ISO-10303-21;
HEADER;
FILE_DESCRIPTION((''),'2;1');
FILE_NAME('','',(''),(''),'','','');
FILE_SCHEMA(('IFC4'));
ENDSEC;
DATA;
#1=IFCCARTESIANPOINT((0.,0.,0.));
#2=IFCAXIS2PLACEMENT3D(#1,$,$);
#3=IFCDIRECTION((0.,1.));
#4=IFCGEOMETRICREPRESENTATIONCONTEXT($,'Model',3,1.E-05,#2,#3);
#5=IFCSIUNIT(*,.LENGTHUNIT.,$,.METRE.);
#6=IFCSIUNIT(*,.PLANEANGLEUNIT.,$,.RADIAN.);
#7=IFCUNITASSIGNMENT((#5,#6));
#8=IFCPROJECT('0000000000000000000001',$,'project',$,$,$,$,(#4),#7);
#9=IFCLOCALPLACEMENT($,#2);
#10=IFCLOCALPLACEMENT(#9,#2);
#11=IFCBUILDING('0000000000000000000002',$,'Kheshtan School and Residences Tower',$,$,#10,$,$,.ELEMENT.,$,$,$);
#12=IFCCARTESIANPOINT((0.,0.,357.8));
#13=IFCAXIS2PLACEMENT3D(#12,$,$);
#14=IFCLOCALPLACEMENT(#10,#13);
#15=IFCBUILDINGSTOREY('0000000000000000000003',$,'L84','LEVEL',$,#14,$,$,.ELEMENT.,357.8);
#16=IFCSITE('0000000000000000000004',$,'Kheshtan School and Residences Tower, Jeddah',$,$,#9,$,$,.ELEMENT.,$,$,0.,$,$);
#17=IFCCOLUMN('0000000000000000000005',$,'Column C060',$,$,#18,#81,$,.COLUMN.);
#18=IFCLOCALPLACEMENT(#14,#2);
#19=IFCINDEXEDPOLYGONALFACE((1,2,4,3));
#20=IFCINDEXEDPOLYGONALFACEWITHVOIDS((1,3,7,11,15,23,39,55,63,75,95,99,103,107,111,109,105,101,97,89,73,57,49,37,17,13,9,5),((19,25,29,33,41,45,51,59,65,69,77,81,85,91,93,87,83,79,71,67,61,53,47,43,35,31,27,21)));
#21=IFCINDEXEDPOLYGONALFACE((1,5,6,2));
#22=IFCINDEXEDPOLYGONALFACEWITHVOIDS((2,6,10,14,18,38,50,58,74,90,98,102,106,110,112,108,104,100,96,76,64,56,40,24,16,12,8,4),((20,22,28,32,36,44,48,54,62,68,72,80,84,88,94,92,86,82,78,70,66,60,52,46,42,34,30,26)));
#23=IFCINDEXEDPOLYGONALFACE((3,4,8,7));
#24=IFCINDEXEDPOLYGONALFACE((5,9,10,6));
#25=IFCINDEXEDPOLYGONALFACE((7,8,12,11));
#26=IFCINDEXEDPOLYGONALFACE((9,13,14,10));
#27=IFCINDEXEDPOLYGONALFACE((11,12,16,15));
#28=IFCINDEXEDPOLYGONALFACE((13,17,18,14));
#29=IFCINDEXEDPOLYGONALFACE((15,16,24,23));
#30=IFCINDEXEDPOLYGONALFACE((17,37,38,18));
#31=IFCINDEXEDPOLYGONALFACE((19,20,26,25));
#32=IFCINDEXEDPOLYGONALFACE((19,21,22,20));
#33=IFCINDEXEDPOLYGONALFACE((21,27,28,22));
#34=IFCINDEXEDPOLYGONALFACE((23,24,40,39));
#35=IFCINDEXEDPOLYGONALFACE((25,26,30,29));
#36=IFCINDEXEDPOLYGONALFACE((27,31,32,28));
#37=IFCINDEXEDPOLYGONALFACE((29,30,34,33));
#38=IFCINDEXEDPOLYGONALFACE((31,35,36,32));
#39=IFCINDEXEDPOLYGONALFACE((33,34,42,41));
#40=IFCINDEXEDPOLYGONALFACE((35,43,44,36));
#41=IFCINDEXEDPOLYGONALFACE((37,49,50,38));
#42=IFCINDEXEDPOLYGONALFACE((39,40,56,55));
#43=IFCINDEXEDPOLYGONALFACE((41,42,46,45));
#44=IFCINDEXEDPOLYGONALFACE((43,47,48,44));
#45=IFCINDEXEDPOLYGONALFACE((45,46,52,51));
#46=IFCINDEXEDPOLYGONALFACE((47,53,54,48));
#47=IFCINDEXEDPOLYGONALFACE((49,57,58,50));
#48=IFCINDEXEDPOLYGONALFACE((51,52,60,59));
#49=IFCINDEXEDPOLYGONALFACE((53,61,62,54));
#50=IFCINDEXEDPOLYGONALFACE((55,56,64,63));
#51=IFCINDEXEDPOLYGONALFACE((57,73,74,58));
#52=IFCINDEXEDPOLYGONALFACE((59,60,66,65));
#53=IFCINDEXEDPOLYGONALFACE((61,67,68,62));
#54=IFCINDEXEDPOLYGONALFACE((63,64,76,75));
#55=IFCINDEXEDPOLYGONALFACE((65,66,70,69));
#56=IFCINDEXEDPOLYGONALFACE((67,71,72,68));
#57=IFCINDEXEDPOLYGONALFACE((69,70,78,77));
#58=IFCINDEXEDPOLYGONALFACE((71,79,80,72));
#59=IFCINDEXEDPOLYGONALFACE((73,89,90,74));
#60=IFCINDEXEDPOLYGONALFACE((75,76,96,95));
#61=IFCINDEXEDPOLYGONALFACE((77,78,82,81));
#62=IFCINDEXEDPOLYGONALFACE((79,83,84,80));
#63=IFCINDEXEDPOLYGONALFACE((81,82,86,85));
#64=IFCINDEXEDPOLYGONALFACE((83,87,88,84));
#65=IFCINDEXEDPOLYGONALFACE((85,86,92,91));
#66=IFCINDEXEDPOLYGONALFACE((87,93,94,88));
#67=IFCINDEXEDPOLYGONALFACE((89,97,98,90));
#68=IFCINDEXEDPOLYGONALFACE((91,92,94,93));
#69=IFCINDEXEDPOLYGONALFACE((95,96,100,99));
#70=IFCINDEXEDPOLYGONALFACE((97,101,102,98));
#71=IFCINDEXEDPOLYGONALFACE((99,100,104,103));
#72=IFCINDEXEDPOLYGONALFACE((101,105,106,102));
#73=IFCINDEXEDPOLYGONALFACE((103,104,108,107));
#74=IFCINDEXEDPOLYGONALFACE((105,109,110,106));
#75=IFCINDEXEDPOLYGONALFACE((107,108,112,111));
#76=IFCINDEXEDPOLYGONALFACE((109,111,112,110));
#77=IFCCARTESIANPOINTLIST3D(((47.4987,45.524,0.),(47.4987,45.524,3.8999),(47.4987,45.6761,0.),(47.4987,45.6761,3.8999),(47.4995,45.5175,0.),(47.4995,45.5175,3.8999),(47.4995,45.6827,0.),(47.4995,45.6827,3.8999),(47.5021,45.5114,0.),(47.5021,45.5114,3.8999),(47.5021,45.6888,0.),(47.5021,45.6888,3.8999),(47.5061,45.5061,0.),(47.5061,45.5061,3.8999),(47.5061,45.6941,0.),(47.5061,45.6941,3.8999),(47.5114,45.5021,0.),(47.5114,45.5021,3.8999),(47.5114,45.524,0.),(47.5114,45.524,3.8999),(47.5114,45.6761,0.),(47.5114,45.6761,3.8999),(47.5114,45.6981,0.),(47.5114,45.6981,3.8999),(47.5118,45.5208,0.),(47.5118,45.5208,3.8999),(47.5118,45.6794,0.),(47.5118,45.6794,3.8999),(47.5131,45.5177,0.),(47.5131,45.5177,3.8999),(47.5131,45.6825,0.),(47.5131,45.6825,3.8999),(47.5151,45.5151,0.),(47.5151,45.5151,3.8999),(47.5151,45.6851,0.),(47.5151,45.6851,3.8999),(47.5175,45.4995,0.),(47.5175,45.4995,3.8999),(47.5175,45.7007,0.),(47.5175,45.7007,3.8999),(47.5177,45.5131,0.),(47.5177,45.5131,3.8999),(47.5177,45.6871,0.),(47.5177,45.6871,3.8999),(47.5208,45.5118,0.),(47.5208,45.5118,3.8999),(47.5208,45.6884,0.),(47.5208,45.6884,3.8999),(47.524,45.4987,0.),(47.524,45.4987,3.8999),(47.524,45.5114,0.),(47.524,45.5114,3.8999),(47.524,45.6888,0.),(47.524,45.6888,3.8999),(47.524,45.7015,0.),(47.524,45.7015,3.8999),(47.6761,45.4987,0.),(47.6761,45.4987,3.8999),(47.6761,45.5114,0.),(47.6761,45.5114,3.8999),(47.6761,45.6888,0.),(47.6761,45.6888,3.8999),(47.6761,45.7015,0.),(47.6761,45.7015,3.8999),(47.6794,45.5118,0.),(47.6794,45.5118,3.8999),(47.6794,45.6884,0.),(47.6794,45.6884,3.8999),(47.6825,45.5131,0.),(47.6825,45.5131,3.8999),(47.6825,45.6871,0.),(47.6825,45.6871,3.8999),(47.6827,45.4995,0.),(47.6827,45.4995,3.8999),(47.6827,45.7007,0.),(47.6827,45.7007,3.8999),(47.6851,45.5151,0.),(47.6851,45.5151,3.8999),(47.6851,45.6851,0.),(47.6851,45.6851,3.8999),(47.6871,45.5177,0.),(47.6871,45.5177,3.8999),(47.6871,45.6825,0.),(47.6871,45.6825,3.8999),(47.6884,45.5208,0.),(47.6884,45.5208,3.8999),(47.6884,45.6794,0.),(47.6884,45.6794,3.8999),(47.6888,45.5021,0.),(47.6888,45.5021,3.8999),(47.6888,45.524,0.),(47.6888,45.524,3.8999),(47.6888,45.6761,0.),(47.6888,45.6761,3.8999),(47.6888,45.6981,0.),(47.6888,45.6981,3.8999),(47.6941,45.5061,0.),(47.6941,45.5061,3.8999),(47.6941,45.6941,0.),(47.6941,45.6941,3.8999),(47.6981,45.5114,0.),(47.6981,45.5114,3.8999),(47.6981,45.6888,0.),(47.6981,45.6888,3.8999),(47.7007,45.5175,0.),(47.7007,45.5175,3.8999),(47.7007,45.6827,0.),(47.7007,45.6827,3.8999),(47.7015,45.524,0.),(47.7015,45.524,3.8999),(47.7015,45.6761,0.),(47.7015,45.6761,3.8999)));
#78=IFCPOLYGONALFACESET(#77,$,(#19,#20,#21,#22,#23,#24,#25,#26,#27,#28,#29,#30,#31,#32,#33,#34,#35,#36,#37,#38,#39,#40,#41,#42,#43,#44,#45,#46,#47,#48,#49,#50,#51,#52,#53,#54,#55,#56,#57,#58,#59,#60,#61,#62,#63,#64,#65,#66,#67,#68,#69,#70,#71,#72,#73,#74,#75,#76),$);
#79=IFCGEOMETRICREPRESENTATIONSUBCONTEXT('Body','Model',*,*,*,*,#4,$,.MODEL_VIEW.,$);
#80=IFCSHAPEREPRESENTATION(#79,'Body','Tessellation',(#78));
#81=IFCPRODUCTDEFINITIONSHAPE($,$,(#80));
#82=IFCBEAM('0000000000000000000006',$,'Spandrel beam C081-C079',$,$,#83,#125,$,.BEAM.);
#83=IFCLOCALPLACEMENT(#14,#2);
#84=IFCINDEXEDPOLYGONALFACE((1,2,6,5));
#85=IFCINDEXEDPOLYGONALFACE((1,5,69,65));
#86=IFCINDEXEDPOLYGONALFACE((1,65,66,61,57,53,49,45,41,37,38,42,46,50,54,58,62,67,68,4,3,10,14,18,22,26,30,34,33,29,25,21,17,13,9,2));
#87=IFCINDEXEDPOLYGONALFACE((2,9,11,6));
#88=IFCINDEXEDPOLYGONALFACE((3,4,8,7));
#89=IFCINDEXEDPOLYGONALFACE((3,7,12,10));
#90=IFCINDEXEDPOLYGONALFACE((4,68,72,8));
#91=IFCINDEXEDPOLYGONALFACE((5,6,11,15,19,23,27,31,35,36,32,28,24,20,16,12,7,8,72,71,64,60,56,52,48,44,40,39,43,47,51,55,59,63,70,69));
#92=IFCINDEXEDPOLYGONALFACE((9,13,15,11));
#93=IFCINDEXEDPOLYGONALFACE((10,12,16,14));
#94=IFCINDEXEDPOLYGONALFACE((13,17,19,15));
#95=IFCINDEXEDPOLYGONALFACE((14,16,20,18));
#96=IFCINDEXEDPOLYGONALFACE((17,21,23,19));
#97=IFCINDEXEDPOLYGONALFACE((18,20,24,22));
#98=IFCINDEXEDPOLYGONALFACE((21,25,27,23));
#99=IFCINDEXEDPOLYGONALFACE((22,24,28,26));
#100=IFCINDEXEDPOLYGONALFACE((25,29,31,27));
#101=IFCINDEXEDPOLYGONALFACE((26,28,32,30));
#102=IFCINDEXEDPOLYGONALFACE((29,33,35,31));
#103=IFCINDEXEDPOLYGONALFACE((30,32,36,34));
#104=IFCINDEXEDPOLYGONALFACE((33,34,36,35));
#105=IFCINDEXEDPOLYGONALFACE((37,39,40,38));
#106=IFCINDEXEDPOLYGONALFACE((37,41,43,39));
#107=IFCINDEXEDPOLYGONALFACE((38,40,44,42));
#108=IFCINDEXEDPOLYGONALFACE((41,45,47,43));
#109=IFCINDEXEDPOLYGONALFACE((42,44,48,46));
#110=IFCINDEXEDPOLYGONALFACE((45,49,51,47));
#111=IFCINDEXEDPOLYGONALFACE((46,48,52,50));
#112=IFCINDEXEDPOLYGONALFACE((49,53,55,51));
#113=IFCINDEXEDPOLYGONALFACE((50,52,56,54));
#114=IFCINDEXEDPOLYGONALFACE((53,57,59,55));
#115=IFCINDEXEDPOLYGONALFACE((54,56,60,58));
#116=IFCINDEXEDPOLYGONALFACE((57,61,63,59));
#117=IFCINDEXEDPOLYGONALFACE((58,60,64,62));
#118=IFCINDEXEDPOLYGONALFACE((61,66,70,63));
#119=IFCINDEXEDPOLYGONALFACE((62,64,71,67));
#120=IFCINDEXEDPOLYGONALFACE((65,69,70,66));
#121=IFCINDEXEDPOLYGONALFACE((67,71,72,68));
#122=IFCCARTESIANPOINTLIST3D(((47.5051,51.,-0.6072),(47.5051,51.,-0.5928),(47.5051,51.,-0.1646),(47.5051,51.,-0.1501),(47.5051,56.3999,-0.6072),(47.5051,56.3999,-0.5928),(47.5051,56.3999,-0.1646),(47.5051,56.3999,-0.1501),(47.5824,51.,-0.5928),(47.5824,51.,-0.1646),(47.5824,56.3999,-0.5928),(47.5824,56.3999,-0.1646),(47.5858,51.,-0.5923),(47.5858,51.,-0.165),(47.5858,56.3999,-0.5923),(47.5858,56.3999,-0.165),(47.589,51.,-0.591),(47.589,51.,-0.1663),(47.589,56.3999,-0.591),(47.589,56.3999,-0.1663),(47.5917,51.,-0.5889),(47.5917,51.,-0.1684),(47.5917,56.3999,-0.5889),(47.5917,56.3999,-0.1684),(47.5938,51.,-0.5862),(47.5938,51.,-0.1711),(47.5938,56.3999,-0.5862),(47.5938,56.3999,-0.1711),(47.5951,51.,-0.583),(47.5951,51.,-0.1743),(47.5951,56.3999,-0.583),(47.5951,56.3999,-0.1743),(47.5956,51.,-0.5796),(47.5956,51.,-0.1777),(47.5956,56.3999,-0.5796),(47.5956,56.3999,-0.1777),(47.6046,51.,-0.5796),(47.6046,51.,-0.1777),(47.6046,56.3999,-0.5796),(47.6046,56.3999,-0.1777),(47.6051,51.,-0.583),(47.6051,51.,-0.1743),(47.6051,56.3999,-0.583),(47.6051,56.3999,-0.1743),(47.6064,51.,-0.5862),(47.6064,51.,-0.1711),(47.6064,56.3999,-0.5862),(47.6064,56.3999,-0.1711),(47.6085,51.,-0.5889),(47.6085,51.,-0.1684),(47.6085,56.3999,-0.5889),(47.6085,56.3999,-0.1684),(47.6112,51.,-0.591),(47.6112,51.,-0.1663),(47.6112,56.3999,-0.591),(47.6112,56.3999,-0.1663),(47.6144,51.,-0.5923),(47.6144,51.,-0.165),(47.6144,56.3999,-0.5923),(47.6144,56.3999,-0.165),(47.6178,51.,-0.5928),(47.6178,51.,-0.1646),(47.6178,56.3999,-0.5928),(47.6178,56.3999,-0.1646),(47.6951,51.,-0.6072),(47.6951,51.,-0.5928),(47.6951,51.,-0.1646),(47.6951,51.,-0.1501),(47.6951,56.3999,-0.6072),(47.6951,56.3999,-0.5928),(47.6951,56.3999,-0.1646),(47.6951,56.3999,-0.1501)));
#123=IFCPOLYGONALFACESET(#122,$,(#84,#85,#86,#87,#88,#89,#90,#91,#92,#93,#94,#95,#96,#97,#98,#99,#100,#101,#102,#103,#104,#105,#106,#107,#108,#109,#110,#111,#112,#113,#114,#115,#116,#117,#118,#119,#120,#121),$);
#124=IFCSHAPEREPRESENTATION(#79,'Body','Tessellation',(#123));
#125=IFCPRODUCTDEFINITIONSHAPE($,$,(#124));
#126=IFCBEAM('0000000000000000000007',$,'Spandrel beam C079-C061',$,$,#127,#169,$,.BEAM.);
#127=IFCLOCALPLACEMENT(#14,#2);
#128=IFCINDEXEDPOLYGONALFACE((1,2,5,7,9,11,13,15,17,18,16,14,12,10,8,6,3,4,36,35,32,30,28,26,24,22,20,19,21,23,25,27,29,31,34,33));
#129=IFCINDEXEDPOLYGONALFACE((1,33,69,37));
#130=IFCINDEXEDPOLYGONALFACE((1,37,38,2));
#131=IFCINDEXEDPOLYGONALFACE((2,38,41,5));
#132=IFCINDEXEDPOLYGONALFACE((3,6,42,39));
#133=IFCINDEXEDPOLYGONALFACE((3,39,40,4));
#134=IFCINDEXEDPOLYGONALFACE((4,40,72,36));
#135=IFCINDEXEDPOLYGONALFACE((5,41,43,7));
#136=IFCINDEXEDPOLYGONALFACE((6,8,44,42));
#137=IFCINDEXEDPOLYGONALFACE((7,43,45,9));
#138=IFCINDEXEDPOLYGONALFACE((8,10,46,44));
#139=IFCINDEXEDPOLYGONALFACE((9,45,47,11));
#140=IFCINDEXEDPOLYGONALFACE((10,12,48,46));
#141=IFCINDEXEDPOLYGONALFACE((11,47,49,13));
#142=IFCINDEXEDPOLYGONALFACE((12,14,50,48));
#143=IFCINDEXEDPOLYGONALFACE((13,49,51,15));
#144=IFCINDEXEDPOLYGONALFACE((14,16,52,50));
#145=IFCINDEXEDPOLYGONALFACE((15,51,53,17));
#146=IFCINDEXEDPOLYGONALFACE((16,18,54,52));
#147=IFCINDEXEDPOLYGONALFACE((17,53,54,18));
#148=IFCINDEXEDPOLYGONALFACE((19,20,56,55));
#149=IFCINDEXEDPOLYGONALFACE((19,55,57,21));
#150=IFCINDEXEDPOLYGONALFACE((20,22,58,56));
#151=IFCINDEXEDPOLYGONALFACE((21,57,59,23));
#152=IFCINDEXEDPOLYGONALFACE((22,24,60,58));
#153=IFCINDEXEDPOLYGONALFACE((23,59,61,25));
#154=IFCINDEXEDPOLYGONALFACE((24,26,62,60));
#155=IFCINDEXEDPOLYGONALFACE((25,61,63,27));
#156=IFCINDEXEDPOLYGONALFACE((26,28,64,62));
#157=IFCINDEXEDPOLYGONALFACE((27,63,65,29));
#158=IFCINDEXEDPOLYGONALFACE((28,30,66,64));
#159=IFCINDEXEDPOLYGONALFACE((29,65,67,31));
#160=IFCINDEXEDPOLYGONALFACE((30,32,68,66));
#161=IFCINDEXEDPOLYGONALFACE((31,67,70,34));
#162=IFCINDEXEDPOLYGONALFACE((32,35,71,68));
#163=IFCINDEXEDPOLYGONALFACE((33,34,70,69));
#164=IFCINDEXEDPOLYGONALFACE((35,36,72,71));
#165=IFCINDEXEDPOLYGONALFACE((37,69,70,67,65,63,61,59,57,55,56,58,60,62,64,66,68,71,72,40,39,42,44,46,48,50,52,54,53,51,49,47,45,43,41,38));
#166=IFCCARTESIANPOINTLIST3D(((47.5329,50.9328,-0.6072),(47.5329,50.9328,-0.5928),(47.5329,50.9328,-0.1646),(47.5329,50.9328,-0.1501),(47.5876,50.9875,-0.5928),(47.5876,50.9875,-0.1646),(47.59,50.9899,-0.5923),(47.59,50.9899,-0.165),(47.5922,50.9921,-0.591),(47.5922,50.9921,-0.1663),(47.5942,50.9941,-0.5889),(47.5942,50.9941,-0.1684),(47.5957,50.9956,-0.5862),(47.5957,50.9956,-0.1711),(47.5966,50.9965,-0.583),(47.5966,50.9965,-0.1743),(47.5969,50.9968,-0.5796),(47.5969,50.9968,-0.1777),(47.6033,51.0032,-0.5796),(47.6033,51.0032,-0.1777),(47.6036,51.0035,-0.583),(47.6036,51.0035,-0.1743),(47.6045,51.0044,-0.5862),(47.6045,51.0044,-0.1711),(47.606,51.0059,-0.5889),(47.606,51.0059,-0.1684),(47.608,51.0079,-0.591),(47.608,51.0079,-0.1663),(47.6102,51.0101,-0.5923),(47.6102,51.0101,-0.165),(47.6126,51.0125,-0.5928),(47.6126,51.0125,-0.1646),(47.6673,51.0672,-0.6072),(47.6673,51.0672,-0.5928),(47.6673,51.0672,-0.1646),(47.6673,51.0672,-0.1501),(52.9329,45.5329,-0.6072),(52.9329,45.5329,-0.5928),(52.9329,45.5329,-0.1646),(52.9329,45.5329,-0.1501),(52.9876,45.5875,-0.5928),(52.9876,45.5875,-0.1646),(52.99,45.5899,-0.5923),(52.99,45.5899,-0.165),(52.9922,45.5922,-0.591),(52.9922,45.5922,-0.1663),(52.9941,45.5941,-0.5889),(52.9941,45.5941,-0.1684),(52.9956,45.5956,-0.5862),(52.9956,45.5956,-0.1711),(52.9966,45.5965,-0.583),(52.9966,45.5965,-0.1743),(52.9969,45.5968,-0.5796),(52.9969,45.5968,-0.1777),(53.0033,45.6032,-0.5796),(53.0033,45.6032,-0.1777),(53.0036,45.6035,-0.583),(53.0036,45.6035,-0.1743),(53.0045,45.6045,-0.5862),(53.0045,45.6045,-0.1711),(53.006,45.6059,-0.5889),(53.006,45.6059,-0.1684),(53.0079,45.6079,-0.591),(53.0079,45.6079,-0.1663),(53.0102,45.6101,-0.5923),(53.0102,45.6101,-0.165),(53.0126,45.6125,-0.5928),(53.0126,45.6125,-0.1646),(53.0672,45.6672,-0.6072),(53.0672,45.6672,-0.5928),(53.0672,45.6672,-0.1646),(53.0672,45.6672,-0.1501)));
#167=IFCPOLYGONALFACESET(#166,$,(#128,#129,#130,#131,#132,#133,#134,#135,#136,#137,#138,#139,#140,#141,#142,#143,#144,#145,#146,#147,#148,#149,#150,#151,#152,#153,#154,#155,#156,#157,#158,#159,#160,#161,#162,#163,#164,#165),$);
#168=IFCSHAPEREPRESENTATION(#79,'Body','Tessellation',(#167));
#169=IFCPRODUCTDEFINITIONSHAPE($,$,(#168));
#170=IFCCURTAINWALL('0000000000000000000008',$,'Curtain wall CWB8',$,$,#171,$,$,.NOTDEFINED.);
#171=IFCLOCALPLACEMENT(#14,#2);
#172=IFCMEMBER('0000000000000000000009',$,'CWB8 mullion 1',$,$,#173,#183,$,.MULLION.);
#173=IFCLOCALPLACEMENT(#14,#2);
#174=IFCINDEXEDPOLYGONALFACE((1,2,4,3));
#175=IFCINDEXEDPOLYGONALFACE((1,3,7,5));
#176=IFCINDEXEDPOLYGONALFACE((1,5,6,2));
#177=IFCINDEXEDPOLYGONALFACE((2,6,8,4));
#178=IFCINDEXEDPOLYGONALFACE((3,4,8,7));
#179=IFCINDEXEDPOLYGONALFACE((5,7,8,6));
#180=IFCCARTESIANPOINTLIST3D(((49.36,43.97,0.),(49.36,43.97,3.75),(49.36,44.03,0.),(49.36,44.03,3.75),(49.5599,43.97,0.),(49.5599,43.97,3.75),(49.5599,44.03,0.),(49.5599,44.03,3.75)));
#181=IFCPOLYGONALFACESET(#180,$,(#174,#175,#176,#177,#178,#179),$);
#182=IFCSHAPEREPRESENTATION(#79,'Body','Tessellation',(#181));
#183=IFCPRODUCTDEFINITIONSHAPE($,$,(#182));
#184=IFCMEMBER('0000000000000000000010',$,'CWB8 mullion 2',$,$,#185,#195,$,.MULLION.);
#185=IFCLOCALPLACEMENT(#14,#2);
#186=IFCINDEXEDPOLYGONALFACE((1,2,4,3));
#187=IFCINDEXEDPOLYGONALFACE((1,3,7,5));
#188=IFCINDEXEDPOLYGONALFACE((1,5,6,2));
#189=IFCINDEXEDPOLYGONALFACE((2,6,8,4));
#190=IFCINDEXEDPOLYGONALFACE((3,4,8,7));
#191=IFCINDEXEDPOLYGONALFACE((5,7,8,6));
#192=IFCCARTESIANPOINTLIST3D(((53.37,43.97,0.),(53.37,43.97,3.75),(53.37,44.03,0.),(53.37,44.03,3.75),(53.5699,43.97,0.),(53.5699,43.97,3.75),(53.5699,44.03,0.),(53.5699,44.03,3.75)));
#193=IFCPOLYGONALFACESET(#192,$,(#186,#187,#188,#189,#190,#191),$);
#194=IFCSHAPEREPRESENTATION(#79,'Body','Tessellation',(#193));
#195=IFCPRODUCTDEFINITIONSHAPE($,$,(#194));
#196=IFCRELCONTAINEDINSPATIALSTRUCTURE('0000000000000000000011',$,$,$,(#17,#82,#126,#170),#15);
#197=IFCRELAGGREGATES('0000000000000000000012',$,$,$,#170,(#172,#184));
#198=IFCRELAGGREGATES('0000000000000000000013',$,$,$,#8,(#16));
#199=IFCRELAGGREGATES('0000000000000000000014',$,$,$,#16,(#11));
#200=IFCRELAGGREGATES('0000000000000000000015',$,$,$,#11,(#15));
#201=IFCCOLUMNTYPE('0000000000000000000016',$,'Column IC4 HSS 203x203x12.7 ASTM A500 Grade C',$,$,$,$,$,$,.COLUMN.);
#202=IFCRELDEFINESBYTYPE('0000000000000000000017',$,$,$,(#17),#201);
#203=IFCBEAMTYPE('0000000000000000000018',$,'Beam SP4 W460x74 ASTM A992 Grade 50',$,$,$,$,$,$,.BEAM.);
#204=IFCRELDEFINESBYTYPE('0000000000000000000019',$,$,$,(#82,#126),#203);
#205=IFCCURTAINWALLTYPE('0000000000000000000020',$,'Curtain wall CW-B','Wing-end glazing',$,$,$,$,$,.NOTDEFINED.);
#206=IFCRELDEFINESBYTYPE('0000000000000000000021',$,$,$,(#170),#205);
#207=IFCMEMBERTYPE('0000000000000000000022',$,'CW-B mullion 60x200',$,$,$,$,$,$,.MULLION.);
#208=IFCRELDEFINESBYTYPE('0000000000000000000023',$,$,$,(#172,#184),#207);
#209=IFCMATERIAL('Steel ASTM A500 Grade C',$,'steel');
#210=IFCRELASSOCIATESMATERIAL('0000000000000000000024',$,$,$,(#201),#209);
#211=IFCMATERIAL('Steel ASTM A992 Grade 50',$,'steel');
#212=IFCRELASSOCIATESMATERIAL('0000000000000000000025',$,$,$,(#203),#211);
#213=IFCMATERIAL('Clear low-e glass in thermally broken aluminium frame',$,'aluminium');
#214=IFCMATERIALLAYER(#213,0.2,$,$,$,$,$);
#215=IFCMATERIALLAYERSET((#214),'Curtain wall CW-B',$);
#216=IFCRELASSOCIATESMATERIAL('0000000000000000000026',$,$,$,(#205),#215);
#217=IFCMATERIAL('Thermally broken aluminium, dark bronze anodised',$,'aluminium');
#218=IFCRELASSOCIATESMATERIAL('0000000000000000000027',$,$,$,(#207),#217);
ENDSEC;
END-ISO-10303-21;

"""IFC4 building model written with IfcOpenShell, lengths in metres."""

from ifc_helpers import new_model, si_unit, direction, frame, origin, origin_2d, place, context, subcontext, project, spatial, rectangle, hollow_rectangle, i_section, extrude, material, layer, layer_set, material_profile, profile_set, type_object, element, aggregate, save


model = new_model("IFC4")

# Units and contexts
model_context = context("Model", 3, precision=1e-05, world=origin(), true_north=direction((0.0, 1.0)))
body_context = subcontext(model_context, "Body", "Model", "MODEL_VIEW")
ifc_project = project(units=[si_unit("LENGTHUNIT", "METRE"), si_unit("PLANEANGLEUNIT", "RADIAN")], contexts=[model_context])

# Site, building, storey
site_placement = place(None, origin())
site = spatial("IfcSite", under=ifc_project, at=site_placement, Name="Kheshtan School and Residences Tower, Jeddah", CompositionType="ELEMENT", RefElevation=0.0)
building_placement = place(site_placement, origin())
building = spatial("IfcBuilding", under=site, at=building_placement, Name="Kheshtan School and Residences Tower", CompositionType="ELEMENT")
storey_placement = place(building_placement, frame((0.0, 0.0, 357.8)))
storey = spatial("IfcBuildingStorey", under=building, at=storey_placement, Name="L84", Description="LEVEL", CompositionType="ELEMENT", Elevation=357.8)

# Column
ifc_material_1 = material(Name="Steel ASTM A992 Grade 50", Category="steel")
ifc_material_2 = material(Name="Steel ASTM A500 Grade C", Category="steel")
ifc_material_profile_1 = material_profile(ifc_material_2, hollow_rectangle(XDim=0.2029, YDim=0.2029, WallThickness=0.0127, InnerFilletRadius=0.0127, OuterFilletRadius=0.0254, at=origin_2d()), Name="HSS 203x203x12.7")
ifc_profile_set_1 = profile_set([ifc_material_profile_1], Name="Steel ASTM A500 Grade C")
column_type_1 = type_object("IfcColumnType", Name="Column IC4 HSS 203x203x12.7 ASTM A500 Grade C", PredefinedType="COLUMN", material=ifc_profile_set_1)
column_placement = place(storey_placement, frame((47.6001, 45.6001, 0.0), z_axis=(0.0, 0.0, 1.0), x_axis=(1.0, 0.0, 0.0)))
element("IfcColumn", 1, at=column_placement, inside=storey, type_object=column_type_1, Name="Column C060", PredefinedType="COLUMN", context=body_context, shape_type="SweptSolid", body=[
    extrude(hollow_rectangle(XDim=0.2029, YDim=0.2029, WallThickness=0.0127, InnerFilletRadius=0.0127, OuterFilletRadius=0.0254, at=origin_2d()), origin(), (0.0, 0.0, 1.0), 3.8999),
])

# Beams
ifc_material_profile_2 = material_profile(ifc_material_1, i_section(OverallWidth=0.1899, OverallDepth=0.457, WebThickness=0.009, FlangeThickness=0.0144, FilletRadius=0.0132, at=origin_2d()), Name="W460x74")
ifc_profile_set_2 = profile_set([ifc_material_profile_2], Name="Steel ASTM A992 Grade 50")
beam_type_1 = type_object("IfcBeamType", Name="Beam SP4 W460x74 ASTM A992 Grade 50", PredefinedType="BEAM", material=ifc_profile_set_2)
beam_1_placement = place(storey_placement, frame((47.6001, 56.3999, -0.3787), z_axis=(0.0, -1.0, 0.0), x_axis=(1.0, 0.0, 0.0)))
element("IfcBeam", 2, at=beam_1_placement, inside=storey, type_object=beam_type_1, Name="Spandrel beam C081-C079", PredefinedType="BEAM", context=body_context, shape_type="SweptSolid", body=[
    extrude(i_section(OverallWidth=0.1899, OverallDepth=0.457, WebThickness=0.009, FlangeThickness=0.0144, FilletRadius=0.0132, at=origin_2d()), origin(), (0.0, 0.0, 1.0), 5.3999),
])
beam_2_placement = place(storey_placement, frame((47.6001, 51.0, -0.3787), z_axis=(0.707107, -0.707107, 0.0), x_axis=(0.707107, 0.707107, 0.0)))
element("IfcBeam", 3, at=beam_2_placement, inside=storey, type_object=beam_type_1, Name="Spandrel beam C079-C061", PredefinedType="BEAM", context=body_context, shape_type="SweptSolid", body=[
    extrude(i_section(OverallWidth=0.1899, OverallDepth=0.457, WebThickness=0.009, FlangeThickness=0.0144, FilletRadius=0.0132, at=origin_2d()), origin(), (0.0, 0.0, 1.0), 7.6367),
])

# Curtain wall, members
ifc_material_3 = material(Name="Clear low-e glass in thermally broken aluminium frame", Category="aluminium")
ifc_layer_1 = layer(ifc_material_3, 0.2)
ifc_layer_set_1 = layer_set([ifc_layer_1], Name="Curtain wall CW-B")
curtain_wall_type_1 = type_object("IfcCurtainWallType", Name="Curtain wall CW-B", Description="Wing-end glazing", PredefinedType="NOTDEFINED", material=ifc_layer_set_1)
curtain_wall_1_placement = place(storey_placement, origin())
curtain_wall_1 = element("IfcCurtainWall", 4, at=curtain_wall_1_placement, inside=storey, type_object=curtain_wall_type_1, Name="Curtain wall CWB8", PredefinedType="NOTDEFINED")
ifc_material_4 = material(Name="Thermally broken aluminium, dark bronze anodised", Category="aluminium")
ifc_material_profile_3 = material_profile(ifc_material_4, rectangle(XDim=0.0601, YDim=0.2, at=origin_2d()), Name="CW-B mullion 60x200")
ifc_profile_set_3 = profile_set([ifc_material_profile_3], Name="Thermally broken aluminium, dark bronze anodised")
member_type_1 = type_object("IfcMemberType", Name="CW-B mullion 60x200", PredefinedType="MULLION", material=ifc_profile_set_3)
member_1_placement = place(storey_placement, frame((49.46, 44.0, 0.0), z_axis=(0.0, 0.0, 1.0), x_axis=(0.0, 1.0, 0.0)))
member_1 = element("IfcMember", 5, at=member_1_placement, type_object=member_type_1, Name="CWB8 mullion 1", PredefinedType="MULLION", context=body_context, shape_type="SweptSolid", body=[
    extrude(rectangle(XDim=0.0601, YDim=0.2, at=origin_2d()), origin(), (0.0, 0.0, 1.0), 3.75),
])
member_2_placement = place(storey_placement, frame((53.47, 44.0, 0.0), z_axis=(0.0, 0.0, 1.0), x_axis=(0.0, 1.0, 0.0)))
member_2 = element("IfcMember", 6, at=member_2_placement, type_object=member_type_1, Name="CWB8 mullion 2", PredefinedType="MULLION", context=body_context, shape_type="SweptSolid", body=[
    extrude(rectangle(XDim=0.0601, YDim=0.2, at=origin_2d()), origin(), (0.0, 0.0, 1.0), 3.75),
])

aggregate(curtain_wall_1, [member_1, member_2])

save(model, "model.ifc")
